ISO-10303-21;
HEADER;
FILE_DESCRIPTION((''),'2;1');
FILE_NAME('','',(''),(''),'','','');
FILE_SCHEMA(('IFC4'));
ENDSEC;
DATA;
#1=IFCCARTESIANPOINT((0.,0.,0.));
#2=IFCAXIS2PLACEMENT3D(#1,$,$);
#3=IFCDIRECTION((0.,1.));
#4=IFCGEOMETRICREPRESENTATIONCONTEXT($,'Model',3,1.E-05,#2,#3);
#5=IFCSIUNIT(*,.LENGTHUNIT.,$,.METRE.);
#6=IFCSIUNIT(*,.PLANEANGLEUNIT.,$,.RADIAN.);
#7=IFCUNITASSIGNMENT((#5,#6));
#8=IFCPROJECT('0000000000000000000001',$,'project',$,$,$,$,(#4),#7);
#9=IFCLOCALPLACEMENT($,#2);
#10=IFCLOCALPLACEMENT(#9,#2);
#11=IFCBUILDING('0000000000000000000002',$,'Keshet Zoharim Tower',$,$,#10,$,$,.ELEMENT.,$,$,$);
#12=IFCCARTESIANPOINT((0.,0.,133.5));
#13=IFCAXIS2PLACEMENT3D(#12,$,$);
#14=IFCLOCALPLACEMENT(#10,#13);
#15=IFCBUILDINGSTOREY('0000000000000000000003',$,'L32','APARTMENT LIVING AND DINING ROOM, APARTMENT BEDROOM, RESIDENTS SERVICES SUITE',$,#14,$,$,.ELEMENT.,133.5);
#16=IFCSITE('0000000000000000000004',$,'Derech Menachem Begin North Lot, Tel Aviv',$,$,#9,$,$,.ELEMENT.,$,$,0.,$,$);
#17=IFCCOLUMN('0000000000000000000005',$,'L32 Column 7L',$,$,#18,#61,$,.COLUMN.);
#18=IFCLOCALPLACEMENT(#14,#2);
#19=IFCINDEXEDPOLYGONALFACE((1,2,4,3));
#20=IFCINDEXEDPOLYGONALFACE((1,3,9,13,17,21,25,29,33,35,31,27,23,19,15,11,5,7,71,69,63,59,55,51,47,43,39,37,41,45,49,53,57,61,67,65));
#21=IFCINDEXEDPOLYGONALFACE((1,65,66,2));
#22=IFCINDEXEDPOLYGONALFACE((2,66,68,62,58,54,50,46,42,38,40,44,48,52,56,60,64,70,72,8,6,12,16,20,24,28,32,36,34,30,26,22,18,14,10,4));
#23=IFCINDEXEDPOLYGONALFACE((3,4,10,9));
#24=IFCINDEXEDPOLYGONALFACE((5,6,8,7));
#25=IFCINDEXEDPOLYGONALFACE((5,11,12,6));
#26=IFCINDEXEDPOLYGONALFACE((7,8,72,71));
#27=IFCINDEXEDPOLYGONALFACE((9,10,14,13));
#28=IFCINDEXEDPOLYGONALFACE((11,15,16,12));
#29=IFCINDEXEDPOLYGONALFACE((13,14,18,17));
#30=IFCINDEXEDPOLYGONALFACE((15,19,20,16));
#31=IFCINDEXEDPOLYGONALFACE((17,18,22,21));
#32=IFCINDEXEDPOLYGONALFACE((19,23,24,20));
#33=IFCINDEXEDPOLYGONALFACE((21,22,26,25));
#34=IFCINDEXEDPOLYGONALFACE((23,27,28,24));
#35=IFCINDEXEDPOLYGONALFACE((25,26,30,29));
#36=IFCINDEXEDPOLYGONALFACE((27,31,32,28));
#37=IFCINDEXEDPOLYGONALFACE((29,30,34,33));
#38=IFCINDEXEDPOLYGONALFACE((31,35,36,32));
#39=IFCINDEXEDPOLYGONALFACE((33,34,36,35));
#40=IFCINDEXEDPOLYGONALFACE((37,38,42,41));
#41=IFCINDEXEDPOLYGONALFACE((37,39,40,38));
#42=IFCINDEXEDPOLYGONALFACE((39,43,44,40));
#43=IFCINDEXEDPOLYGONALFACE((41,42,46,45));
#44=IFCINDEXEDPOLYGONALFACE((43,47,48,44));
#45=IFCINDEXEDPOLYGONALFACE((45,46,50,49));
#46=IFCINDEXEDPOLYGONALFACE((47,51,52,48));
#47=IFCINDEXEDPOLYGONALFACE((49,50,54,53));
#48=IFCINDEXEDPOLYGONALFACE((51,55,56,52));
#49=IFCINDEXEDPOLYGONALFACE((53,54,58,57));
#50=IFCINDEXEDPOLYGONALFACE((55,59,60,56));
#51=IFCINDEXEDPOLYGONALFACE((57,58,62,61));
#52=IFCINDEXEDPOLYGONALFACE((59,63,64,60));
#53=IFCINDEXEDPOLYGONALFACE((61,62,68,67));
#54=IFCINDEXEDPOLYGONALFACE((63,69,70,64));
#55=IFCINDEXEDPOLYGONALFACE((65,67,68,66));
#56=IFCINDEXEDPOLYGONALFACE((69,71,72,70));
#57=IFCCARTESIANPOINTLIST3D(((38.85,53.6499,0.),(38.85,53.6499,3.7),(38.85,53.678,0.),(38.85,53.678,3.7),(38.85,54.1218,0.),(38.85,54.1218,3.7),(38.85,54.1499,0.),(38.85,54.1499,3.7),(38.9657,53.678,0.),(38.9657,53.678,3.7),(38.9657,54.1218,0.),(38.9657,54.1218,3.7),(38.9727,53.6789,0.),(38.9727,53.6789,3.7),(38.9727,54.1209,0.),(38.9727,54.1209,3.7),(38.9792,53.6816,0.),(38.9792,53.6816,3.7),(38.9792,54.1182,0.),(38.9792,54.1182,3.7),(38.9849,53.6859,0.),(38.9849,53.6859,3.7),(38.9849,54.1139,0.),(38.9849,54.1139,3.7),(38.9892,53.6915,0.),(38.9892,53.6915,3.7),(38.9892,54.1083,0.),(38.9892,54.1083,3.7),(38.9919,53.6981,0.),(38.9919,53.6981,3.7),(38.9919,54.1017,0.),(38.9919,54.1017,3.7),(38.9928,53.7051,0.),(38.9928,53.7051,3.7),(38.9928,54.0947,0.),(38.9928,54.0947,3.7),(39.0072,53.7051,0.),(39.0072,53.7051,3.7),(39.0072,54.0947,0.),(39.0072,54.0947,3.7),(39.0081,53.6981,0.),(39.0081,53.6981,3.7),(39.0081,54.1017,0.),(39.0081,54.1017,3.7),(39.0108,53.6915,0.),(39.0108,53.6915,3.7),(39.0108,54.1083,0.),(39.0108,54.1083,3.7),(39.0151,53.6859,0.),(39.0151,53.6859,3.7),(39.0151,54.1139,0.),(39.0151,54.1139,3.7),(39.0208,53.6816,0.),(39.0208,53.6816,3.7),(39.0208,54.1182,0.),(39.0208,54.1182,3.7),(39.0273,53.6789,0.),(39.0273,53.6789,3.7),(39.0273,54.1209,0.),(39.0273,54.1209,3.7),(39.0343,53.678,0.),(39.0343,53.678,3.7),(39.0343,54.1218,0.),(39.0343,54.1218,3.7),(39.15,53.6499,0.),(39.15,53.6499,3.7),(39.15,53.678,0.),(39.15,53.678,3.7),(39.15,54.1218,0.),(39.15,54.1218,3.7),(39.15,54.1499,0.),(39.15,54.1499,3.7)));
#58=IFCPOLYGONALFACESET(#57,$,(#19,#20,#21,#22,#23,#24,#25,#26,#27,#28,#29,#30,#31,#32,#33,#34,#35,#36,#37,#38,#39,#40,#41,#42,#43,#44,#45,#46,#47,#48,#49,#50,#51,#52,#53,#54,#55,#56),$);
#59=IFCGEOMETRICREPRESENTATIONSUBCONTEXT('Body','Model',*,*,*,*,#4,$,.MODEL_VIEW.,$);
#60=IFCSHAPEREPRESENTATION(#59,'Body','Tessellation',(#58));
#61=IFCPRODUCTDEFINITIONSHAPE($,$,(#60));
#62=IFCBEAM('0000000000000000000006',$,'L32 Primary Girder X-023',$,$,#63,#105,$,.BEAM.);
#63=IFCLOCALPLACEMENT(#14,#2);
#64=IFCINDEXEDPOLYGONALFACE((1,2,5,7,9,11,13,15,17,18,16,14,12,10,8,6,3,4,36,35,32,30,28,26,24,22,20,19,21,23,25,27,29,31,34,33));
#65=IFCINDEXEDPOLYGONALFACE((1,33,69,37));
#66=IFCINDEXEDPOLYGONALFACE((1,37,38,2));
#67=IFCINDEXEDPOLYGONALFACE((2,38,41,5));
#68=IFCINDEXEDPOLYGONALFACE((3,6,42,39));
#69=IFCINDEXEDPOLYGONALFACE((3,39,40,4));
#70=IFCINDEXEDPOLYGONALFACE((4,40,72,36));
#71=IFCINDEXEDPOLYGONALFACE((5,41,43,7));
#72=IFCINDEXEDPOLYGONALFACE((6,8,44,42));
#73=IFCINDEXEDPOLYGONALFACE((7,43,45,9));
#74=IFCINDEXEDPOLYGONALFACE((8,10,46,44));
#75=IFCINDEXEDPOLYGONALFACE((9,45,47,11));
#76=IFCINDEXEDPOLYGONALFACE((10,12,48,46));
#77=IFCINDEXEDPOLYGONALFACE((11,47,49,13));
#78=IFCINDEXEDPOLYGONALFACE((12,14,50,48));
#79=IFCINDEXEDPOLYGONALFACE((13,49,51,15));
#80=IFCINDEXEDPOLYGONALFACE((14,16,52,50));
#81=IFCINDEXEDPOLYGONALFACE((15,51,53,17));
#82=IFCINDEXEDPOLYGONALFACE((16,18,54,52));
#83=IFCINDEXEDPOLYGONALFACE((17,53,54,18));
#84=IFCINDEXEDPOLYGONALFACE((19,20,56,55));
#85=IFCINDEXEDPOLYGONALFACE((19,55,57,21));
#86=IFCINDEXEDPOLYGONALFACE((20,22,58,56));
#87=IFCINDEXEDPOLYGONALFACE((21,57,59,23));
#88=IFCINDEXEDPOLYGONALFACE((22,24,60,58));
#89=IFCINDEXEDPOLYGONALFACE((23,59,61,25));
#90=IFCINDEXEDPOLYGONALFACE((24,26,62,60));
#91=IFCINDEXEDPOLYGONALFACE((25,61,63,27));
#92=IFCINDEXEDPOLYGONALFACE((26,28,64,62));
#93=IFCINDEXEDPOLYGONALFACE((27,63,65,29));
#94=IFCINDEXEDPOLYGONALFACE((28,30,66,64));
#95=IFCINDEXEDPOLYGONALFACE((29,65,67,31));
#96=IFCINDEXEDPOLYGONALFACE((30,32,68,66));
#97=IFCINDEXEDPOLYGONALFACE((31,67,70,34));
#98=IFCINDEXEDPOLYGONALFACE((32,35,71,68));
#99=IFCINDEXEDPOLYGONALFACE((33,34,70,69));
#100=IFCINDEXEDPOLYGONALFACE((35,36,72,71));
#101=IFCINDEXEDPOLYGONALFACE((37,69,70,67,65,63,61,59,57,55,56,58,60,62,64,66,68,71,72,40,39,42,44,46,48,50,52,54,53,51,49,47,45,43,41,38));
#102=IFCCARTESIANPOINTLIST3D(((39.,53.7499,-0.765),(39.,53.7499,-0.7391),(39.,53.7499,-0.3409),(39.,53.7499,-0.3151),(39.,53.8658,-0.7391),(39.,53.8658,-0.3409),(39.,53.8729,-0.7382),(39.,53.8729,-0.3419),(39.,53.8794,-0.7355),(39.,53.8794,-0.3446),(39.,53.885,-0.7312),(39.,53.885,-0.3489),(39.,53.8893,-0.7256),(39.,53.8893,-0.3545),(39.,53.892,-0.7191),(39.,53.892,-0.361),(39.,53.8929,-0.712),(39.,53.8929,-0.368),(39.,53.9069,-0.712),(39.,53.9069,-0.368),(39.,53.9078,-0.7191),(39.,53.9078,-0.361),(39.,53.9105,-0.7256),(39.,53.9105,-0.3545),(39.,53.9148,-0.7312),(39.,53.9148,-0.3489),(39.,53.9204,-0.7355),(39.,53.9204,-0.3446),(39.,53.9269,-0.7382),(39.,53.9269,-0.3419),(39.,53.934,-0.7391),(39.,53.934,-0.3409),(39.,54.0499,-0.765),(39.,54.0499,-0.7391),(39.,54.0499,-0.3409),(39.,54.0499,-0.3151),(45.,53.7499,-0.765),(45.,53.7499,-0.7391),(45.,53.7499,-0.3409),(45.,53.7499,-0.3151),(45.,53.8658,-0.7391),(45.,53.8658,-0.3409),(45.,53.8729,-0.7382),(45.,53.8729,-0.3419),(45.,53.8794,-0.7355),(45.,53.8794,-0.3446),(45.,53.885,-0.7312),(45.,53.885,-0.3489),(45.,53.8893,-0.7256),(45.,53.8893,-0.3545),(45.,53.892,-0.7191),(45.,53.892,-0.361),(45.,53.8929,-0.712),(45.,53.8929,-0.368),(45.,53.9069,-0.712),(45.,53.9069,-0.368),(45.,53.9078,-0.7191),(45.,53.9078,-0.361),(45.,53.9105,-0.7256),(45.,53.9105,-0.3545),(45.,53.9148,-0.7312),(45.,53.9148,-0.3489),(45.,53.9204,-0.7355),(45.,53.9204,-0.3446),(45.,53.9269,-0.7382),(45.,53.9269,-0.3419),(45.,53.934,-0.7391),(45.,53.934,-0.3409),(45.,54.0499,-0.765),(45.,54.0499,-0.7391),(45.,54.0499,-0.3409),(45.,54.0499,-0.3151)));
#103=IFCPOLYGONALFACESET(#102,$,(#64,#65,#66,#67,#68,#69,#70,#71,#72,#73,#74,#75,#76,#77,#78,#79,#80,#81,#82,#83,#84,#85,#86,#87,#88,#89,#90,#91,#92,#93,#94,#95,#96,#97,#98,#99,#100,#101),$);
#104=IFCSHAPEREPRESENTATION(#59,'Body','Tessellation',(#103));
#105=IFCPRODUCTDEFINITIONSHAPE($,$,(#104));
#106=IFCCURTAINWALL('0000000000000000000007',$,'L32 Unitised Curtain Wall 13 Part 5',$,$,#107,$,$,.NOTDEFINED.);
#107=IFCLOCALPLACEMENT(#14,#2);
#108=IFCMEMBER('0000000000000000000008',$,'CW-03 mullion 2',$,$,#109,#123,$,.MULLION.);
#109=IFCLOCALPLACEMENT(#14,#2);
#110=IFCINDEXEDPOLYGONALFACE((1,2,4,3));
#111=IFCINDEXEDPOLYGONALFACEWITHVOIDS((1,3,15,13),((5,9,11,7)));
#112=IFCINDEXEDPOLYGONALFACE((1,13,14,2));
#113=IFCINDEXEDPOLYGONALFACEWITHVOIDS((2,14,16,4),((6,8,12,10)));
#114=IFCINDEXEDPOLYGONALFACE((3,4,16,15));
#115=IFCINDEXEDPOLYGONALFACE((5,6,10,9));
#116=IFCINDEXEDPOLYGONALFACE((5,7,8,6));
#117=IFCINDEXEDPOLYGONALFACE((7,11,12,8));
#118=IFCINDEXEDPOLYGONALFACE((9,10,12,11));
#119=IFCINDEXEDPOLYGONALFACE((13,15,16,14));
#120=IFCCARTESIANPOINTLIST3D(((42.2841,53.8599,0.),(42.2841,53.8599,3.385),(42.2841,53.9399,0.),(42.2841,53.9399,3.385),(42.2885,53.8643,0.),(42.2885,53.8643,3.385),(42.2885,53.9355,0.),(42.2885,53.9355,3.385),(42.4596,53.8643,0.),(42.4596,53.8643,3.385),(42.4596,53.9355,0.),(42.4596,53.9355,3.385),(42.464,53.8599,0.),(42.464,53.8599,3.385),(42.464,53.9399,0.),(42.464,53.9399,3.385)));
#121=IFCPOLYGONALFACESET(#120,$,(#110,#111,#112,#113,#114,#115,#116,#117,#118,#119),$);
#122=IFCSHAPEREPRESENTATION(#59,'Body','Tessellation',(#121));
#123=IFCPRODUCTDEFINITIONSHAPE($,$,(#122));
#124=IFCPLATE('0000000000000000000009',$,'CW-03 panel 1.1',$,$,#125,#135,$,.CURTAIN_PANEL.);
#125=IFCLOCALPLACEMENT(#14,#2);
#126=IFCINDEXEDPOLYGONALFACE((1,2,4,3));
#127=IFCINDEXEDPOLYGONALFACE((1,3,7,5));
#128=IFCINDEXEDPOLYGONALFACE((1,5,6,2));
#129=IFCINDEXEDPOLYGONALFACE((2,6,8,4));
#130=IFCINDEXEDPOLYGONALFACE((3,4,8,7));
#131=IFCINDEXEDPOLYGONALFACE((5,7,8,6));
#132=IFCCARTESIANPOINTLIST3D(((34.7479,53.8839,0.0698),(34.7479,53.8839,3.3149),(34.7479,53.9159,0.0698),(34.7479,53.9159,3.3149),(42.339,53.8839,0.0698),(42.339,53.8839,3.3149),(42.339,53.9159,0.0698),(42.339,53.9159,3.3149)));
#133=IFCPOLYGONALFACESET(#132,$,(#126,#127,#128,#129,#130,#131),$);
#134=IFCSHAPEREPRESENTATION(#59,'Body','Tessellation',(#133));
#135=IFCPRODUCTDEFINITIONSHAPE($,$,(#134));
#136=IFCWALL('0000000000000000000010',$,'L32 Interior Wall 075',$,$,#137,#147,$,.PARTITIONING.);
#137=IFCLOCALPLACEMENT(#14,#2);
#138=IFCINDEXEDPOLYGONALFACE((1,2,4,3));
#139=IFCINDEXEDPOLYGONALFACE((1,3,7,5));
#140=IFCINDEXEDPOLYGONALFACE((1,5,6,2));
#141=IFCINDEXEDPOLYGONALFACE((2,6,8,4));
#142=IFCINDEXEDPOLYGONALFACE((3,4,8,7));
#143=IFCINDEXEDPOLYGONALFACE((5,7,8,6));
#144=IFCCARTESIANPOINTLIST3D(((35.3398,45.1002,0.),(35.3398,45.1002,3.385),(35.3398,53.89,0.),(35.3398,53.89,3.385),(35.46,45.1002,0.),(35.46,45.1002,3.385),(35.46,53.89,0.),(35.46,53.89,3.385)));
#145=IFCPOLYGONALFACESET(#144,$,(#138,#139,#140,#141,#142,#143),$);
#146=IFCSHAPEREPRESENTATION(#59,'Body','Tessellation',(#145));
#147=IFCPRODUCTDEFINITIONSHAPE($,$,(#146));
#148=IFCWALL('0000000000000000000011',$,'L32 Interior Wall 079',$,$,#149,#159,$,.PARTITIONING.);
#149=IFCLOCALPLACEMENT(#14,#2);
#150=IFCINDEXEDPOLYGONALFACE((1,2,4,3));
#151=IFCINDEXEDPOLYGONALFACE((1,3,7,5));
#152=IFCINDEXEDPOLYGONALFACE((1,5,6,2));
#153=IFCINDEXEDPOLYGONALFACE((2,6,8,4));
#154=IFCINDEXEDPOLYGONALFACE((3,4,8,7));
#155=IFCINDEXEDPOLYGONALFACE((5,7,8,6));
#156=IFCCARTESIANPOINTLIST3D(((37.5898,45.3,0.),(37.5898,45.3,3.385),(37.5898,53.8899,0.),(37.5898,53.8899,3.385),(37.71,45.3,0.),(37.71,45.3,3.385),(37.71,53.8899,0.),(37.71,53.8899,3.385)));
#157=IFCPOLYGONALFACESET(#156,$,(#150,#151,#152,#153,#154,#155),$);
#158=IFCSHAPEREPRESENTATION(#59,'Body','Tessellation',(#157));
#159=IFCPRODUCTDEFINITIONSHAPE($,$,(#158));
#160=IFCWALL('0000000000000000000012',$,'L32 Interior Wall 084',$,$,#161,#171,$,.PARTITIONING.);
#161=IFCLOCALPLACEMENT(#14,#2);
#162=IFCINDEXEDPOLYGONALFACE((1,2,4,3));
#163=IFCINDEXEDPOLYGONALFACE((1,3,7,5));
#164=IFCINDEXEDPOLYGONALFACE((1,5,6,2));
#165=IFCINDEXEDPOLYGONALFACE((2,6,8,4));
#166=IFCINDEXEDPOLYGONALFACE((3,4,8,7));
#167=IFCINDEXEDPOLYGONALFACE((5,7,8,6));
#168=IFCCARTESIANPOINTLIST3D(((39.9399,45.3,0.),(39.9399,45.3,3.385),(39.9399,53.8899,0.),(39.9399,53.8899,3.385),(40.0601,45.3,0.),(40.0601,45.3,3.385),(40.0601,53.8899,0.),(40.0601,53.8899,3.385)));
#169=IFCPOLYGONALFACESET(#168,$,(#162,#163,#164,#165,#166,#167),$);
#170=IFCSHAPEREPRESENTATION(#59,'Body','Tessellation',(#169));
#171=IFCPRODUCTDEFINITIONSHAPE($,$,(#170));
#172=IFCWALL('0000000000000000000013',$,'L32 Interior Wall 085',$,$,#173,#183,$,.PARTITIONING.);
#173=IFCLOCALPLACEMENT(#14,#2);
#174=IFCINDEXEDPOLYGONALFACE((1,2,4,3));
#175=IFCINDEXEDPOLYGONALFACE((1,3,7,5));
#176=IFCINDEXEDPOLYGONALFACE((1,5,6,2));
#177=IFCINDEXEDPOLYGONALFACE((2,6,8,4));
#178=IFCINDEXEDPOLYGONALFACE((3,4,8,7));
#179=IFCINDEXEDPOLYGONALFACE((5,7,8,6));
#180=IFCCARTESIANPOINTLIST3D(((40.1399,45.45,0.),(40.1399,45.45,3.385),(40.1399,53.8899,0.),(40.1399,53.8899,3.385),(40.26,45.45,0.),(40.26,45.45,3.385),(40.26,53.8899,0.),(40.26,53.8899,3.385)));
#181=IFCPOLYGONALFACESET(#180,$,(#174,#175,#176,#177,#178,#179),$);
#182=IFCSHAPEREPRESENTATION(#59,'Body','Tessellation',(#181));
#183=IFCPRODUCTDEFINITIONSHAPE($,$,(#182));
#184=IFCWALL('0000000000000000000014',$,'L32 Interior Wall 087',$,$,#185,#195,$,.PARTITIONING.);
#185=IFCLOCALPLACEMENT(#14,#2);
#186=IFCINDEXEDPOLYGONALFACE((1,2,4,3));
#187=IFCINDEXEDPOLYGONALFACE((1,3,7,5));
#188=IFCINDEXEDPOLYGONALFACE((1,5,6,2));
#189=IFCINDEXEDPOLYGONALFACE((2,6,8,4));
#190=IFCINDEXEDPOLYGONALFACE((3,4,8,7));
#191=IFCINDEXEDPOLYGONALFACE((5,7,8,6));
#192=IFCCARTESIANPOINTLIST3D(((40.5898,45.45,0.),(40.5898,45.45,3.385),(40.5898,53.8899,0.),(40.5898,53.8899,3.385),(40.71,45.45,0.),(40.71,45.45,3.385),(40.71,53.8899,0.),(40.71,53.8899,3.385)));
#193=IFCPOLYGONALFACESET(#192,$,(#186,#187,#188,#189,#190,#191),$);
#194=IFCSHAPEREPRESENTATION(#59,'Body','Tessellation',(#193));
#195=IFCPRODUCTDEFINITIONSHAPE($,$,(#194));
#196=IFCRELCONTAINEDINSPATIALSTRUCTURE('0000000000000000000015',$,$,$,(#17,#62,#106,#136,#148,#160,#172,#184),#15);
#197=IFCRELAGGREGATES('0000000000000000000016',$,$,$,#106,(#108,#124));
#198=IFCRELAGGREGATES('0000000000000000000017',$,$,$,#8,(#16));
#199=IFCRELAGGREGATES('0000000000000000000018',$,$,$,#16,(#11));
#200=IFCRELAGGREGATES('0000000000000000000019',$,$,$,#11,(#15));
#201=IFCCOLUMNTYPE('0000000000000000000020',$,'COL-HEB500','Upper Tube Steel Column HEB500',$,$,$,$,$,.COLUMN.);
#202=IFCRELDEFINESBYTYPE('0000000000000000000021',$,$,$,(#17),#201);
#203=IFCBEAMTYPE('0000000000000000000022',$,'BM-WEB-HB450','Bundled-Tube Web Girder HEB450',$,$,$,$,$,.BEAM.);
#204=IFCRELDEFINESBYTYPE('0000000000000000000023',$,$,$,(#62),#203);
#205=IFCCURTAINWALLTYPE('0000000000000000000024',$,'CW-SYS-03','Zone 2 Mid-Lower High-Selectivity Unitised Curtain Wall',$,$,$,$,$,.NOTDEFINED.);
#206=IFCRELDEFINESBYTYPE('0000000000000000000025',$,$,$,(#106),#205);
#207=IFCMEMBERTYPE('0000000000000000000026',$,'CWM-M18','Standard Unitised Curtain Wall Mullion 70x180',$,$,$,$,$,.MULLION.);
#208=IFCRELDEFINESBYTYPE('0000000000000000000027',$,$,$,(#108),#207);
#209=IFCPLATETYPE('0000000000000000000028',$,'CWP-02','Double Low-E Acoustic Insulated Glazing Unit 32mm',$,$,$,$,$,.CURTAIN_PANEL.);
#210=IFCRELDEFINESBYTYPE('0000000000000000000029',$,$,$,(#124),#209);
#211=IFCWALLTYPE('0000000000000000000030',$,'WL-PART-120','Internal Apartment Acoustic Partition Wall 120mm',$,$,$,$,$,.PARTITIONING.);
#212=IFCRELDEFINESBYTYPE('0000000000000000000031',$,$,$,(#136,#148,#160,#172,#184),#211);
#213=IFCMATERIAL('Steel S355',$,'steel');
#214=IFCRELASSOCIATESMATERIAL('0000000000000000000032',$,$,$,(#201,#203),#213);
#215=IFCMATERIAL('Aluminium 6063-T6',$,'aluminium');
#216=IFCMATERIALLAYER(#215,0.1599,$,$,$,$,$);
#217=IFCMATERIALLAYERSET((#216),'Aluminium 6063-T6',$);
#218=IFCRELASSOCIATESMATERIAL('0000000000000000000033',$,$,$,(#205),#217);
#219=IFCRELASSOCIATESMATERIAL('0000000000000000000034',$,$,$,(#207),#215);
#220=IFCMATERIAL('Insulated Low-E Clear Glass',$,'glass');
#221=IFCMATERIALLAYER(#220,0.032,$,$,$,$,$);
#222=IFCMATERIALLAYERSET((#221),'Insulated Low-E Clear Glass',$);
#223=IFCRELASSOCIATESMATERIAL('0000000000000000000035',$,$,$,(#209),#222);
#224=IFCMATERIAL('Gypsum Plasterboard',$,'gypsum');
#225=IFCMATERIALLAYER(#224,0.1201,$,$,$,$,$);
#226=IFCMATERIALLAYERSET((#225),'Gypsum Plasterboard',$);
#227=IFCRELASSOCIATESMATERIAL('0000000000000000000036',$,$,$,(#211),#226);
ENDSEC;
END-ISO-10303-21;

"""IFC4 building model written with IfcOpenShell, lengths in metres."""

from ifc_helpers import new_model, si_unit, direction, frame, frame_2d, origin, origin_2d, place, context, subcontext, project, spatial, rectangle, hollow_rectangle, i_section, extrude, material, layer, layer_set, material_profile, profile_set, type_object, element, aggregate, save


model = new_model("IFC4")

# Units and contexts
model_context = context("Model", 3, precision=1e-05, world=origin(), true_north=direction((0.0, 1.0)))
body_context = subcontext(model_context, "Body", "Model", "MODEL_VIEW")
ifc_project = project(units=[si_unit("LENGTHUNIT", "METRE"), si_unit("PLANEANGLEUNIT", "RADIAN")], contexts=[model_context])

# Site, building, storey
site_placement = place(None, origin())
site = spatial("IfcSite", under=ifc_project, at=site_placement, Name="Derech Menachem Begin North Lot, Tel Aviv", CompositionType="ELEMENT", RefElevation=0.0)
building_placement = place(site_placement, origin())
building = spatial("IfcBuilding", under=site, at=building_placement, Name="Keshet Zoharim Tower", CompositionType="ELEMENT")
storey_placement = place(building_placement, frame((0.0, 0.0, 133.5)))
storey = spatial("IfcBuildingStorey", under=building, at=storey_placement, Name="L32", Description="APARTMENT LIVING AND DINING ROOM, APARTMENT BEDROOM, RESIDENTS SERVICES SUITE", CompositionType="ELEMENT", Elevation=133.5)

# Column
ifc_material_1 = material(Name="Steel S355", Category="steel")
ifc_material_profile_1 = material_profile(ifc_material_1, i_section(OverallWidth=0.3, OverallDepth=0.5, WebThickness=0.0144, FlangeThickness=0.0281, FilletRadius=0.0271, at=origin_2d()), Name="HEB500")
ifc_profile_set_1 = profile_set([ifc_material_profile_1], Name="Steel S355")
column_type = type_object("IfcColumnType", Name="COL-HEB500", Description="Upper Tube Steel Column HEB500", PredefinedType="COLUMN", material=ifc_profile_set_1)
column_placement = place(storey_placement, frame((39.0, 53.8999, 0.0), z_axis=(0.0, 0.0, 1.0), x_axis=(1.0, 0.0, 0.0)))
element("IfcColumn", 1, at=column_placement, inside=storey, type_object=column_type, Name="L32 Column 7L", PredefinedType="COLUMN", context=body_context, shape_type="SweptSolid", body=[
    extrude(i_section(OverallWidth=0.3, OverallDepth=0.5, WebThickness=0.0144, FlangeThickness=0.0281, FilletRadius=0.0271, at=origin_2d()), origin(), (0.0, 0.0, 1.0), 3.7),
])

# Beam
ifc_material_profile_2 = material_profile(ifc_material_1, i_section(OverallWidth=0.3, OverallDepth=0.45, WebThickness=0.0139, FlangeThickness=0.0259, FilletRadius=0.0271, at=origin_2d()), Name="HEB450")
ifc_profile_set_2 = profile_set([ifc_material_profile_2], Name="Steel S355")
beam_type = type_object("IfcBeamType", Name="BM-WEB-HB450", Description="Bundled-Tube Web Girder HEB450", PredefinedType="BEAM", material=ifc_profile_set_2)
beam_placement = place(storey_placement, frame((39.0, 53.8999, -0.54), z_axis=(1.0, 0.0, 0.0), x_axis=(0.0, 1.0, 0.0)))
element("IfcBeam", 2, at=beam_placement, inside=storey, type_object=beam_type, Name="L32 Primary Girder X-023", PredefinedType="BEAM", context=body_context, shape_type="SweptSolid", body=[
    extrude(i_section(OverallWidth=0.3, OverallDepth=0.45, WebThickness=0.0139, FlangeThickness=0.0259, FilletRadius=0.0271, at=origin_2d()), origin(), (0.0, 0.0, 1.0), 6.0),
])

# Curtain wall, member, plate
ifc_material_2 = material(Name="Aluminium 6063-T6", Category="aluminium")
ifc_layer_1 = layer(ifc_material_2, 0.1599)
ifc_layer_set_1 = layer_set([ifc_layer_1], Name="Aluminium 6063-T6")
curtain_wall_type = type_object("IfcCurtainWallType", Name="CW-SYS-03", Description="Zone 2 Mid-Lower High-Selectivity Unitised Curtain Wall", PredefinedType="NOTDEFINED", material=ifc_layer_set_1)
curtain_wall_placement = place(storey_placement, origin())
curtain_wall = element("IfcCurtainWall", 3, at=curtain_wall_placement, inside=storey, type_object=curtain_wall_type, Name="L32 Unitised Curtain Wall 13 Part 5", PredefinedType="NOTDEFINED")
ifc_material_profile_3 = material_profile(ifc_material_2, hollow_rectangle(XDim=0.0801, YDim=0.1799, WallThickness=0.0044, at=origin_2d()), Name="MUL-80x180")
ifc_profile_set_3 = profile_set([ifc_material_profile_3], Name="Aluminium 6063-T6")
member_type = type_object("IfcMemberType", Name="CWM-M18", Description="Standard Unitised Curtain Wall Mullion 70x180", PredefinedType="MULLION", material=ifc_profile_set_3)
member_placement = place(storey_placement, frame((42.374, 53.8999, 0.0), z_axis=(0.0, 0.0, 1.0), x_axis=(0.0, 1.0, 0.0)))
member = element("IfcMember", 4, at=member_placement, type_object=member_type, Name="CW-03 mullion 2", PredefinedType="MULLION", context=body_context, shape_type="SweptSolid", body=[
    extrude(hollow_rectangle(XDim=0.0801, YDim=0.1799, WallThickness=0.0044, at=origin_2d()), origin(), (0.0, 0.0, 1.0), 3.385),
])
ifc_material_3 = material(Name="Insulated Low-E Clear Glass", Category="glass")
ifc_layer_2 = layer(ifc_material_3, 0.032)
ifc_layer_set_2 = layer_set([ifc_layer_2], Name="Insulated Low-E Clear Glass")
plate_type = type_object("IfcPlateType", Name="CWP-02", Description="Double Low-E Acoustic Insulated Glazing Unit 32mm", PredefinedType="CURTAIN_PANEL", material=ifc_layer_set_2)
plate_placement = place(storey_placement, frame((38.5435, 53.8999, 0.0698), z_axis=(0.0, 0.0, 1.0), x_axis=(1.0, 0.0, 0.0)))
plate = element("IfcPlate", 5, at=plate_placement, type_object=plate_type, Name="CW-03 panel 1.1", PredefinedType="CURTAIN_PANEL", context=body_context, shape_type="SweptSolid", body=[
    extrude(rectangle(XDim=7.5911, YDim=0.032, at=origin_2d()), origin(), (0.0, 0.0, 1.0), 3.2451),
])
aggregate(curtain_wall, [member, plate])

# Walls
ifc_material_4 = material(Name="Gypsum Plasterboard", Category="gypsum")
ifc_layer_3 = layer(ifc_material_4, 0.1201)
ifc_layer_set_3 = layer_set([ifc_layer_3], Name="Gypsum Plasterboard")
wall_type_1 = type_object("IfcWallType", Name="WL-PART-120", Description="Internal Apartment Acoustic Partition Wall 120mm", PredefinedType="PARTITIONING", material=ifc_layer_set_3)
wall_1_placement = place(storey_placement, frame((35.3999, 45.1001, 0.0), z_axis=(0.0, 0.0, 1.0), x_axis=(0.0, 1.0, 0.0)))
element("IfcWall", 6, at=wall_1_placement, inside=storey, type_object=wall_type_1, Name="L32 Interior Wall 075", PredefinedType="PARTITIONING", context=body_context, shape_type="SweptSolid", body=[
    extrude(rectangle(XDim=8.7898, YDim=0.1201, at=frame_2d((4.395, 0.0))), origin(), (0.0, 0.0, 1.0), 3.385),
])
for number, where, z_axis, x_axis, name in (
    (7, (37.6499, 45.3, 0.0), (0.0, 0.0, 1.0), (0.0, 1.0, 0.0), "L32 Interior Wall 079"),
    (8, (40.0, 45.3, 0.0), (0.0, 0.0, 1.0), (0.0, 1.0, 0.0), "L32 Interior Wall 084"),
):
    element("IfcWall", number, at=place(storey_placement, frame(where, z_axis=z_axis, x_axis=x_axis)), inside=storey, type_object=wall_type_1, Name=name, PredefinedType="PARTITIONING", context=body_context, shape_type="SweptSolid", body=[
        extrude(rectangle(XDim=8.5898, YDim=0.1201, at=frame_2d((4.2949, 0.0))), origin(), (0.0, 0.0, 1.0), 3.385),
    ])
for number, where, z_axis, x_axis, name in (
    (9, (40.2, 45.45, 0.0), (0.0, 0.0, 1.0), (0.0, 1.0, 0.0), "L32 Interior Wall 085"),
    (10, (40.6499, 45.45, 0.0), (0.0, 0.0, 1.0), (0.0, 1.0, 0.0), "L32 Interior Wall 087"),
):
    element("IfcWall", number, at=place(storey_placement, frame(where, z_axis=z_axis, x_axis=x_axis)), inside=storey, type_object=wall_type_1, Name=name, PredefinedType="PARTITIONING", context=body_context, shape_type="SweptSolid", body=[
        extrude(rectangle(XDim=8.4399, YDim=0.1201, at=frame_2d((4.22, 0.0))), origin(), (0.0, 0.0, 1.0), 3.385),
    ])

save(model, "model.ifc")
